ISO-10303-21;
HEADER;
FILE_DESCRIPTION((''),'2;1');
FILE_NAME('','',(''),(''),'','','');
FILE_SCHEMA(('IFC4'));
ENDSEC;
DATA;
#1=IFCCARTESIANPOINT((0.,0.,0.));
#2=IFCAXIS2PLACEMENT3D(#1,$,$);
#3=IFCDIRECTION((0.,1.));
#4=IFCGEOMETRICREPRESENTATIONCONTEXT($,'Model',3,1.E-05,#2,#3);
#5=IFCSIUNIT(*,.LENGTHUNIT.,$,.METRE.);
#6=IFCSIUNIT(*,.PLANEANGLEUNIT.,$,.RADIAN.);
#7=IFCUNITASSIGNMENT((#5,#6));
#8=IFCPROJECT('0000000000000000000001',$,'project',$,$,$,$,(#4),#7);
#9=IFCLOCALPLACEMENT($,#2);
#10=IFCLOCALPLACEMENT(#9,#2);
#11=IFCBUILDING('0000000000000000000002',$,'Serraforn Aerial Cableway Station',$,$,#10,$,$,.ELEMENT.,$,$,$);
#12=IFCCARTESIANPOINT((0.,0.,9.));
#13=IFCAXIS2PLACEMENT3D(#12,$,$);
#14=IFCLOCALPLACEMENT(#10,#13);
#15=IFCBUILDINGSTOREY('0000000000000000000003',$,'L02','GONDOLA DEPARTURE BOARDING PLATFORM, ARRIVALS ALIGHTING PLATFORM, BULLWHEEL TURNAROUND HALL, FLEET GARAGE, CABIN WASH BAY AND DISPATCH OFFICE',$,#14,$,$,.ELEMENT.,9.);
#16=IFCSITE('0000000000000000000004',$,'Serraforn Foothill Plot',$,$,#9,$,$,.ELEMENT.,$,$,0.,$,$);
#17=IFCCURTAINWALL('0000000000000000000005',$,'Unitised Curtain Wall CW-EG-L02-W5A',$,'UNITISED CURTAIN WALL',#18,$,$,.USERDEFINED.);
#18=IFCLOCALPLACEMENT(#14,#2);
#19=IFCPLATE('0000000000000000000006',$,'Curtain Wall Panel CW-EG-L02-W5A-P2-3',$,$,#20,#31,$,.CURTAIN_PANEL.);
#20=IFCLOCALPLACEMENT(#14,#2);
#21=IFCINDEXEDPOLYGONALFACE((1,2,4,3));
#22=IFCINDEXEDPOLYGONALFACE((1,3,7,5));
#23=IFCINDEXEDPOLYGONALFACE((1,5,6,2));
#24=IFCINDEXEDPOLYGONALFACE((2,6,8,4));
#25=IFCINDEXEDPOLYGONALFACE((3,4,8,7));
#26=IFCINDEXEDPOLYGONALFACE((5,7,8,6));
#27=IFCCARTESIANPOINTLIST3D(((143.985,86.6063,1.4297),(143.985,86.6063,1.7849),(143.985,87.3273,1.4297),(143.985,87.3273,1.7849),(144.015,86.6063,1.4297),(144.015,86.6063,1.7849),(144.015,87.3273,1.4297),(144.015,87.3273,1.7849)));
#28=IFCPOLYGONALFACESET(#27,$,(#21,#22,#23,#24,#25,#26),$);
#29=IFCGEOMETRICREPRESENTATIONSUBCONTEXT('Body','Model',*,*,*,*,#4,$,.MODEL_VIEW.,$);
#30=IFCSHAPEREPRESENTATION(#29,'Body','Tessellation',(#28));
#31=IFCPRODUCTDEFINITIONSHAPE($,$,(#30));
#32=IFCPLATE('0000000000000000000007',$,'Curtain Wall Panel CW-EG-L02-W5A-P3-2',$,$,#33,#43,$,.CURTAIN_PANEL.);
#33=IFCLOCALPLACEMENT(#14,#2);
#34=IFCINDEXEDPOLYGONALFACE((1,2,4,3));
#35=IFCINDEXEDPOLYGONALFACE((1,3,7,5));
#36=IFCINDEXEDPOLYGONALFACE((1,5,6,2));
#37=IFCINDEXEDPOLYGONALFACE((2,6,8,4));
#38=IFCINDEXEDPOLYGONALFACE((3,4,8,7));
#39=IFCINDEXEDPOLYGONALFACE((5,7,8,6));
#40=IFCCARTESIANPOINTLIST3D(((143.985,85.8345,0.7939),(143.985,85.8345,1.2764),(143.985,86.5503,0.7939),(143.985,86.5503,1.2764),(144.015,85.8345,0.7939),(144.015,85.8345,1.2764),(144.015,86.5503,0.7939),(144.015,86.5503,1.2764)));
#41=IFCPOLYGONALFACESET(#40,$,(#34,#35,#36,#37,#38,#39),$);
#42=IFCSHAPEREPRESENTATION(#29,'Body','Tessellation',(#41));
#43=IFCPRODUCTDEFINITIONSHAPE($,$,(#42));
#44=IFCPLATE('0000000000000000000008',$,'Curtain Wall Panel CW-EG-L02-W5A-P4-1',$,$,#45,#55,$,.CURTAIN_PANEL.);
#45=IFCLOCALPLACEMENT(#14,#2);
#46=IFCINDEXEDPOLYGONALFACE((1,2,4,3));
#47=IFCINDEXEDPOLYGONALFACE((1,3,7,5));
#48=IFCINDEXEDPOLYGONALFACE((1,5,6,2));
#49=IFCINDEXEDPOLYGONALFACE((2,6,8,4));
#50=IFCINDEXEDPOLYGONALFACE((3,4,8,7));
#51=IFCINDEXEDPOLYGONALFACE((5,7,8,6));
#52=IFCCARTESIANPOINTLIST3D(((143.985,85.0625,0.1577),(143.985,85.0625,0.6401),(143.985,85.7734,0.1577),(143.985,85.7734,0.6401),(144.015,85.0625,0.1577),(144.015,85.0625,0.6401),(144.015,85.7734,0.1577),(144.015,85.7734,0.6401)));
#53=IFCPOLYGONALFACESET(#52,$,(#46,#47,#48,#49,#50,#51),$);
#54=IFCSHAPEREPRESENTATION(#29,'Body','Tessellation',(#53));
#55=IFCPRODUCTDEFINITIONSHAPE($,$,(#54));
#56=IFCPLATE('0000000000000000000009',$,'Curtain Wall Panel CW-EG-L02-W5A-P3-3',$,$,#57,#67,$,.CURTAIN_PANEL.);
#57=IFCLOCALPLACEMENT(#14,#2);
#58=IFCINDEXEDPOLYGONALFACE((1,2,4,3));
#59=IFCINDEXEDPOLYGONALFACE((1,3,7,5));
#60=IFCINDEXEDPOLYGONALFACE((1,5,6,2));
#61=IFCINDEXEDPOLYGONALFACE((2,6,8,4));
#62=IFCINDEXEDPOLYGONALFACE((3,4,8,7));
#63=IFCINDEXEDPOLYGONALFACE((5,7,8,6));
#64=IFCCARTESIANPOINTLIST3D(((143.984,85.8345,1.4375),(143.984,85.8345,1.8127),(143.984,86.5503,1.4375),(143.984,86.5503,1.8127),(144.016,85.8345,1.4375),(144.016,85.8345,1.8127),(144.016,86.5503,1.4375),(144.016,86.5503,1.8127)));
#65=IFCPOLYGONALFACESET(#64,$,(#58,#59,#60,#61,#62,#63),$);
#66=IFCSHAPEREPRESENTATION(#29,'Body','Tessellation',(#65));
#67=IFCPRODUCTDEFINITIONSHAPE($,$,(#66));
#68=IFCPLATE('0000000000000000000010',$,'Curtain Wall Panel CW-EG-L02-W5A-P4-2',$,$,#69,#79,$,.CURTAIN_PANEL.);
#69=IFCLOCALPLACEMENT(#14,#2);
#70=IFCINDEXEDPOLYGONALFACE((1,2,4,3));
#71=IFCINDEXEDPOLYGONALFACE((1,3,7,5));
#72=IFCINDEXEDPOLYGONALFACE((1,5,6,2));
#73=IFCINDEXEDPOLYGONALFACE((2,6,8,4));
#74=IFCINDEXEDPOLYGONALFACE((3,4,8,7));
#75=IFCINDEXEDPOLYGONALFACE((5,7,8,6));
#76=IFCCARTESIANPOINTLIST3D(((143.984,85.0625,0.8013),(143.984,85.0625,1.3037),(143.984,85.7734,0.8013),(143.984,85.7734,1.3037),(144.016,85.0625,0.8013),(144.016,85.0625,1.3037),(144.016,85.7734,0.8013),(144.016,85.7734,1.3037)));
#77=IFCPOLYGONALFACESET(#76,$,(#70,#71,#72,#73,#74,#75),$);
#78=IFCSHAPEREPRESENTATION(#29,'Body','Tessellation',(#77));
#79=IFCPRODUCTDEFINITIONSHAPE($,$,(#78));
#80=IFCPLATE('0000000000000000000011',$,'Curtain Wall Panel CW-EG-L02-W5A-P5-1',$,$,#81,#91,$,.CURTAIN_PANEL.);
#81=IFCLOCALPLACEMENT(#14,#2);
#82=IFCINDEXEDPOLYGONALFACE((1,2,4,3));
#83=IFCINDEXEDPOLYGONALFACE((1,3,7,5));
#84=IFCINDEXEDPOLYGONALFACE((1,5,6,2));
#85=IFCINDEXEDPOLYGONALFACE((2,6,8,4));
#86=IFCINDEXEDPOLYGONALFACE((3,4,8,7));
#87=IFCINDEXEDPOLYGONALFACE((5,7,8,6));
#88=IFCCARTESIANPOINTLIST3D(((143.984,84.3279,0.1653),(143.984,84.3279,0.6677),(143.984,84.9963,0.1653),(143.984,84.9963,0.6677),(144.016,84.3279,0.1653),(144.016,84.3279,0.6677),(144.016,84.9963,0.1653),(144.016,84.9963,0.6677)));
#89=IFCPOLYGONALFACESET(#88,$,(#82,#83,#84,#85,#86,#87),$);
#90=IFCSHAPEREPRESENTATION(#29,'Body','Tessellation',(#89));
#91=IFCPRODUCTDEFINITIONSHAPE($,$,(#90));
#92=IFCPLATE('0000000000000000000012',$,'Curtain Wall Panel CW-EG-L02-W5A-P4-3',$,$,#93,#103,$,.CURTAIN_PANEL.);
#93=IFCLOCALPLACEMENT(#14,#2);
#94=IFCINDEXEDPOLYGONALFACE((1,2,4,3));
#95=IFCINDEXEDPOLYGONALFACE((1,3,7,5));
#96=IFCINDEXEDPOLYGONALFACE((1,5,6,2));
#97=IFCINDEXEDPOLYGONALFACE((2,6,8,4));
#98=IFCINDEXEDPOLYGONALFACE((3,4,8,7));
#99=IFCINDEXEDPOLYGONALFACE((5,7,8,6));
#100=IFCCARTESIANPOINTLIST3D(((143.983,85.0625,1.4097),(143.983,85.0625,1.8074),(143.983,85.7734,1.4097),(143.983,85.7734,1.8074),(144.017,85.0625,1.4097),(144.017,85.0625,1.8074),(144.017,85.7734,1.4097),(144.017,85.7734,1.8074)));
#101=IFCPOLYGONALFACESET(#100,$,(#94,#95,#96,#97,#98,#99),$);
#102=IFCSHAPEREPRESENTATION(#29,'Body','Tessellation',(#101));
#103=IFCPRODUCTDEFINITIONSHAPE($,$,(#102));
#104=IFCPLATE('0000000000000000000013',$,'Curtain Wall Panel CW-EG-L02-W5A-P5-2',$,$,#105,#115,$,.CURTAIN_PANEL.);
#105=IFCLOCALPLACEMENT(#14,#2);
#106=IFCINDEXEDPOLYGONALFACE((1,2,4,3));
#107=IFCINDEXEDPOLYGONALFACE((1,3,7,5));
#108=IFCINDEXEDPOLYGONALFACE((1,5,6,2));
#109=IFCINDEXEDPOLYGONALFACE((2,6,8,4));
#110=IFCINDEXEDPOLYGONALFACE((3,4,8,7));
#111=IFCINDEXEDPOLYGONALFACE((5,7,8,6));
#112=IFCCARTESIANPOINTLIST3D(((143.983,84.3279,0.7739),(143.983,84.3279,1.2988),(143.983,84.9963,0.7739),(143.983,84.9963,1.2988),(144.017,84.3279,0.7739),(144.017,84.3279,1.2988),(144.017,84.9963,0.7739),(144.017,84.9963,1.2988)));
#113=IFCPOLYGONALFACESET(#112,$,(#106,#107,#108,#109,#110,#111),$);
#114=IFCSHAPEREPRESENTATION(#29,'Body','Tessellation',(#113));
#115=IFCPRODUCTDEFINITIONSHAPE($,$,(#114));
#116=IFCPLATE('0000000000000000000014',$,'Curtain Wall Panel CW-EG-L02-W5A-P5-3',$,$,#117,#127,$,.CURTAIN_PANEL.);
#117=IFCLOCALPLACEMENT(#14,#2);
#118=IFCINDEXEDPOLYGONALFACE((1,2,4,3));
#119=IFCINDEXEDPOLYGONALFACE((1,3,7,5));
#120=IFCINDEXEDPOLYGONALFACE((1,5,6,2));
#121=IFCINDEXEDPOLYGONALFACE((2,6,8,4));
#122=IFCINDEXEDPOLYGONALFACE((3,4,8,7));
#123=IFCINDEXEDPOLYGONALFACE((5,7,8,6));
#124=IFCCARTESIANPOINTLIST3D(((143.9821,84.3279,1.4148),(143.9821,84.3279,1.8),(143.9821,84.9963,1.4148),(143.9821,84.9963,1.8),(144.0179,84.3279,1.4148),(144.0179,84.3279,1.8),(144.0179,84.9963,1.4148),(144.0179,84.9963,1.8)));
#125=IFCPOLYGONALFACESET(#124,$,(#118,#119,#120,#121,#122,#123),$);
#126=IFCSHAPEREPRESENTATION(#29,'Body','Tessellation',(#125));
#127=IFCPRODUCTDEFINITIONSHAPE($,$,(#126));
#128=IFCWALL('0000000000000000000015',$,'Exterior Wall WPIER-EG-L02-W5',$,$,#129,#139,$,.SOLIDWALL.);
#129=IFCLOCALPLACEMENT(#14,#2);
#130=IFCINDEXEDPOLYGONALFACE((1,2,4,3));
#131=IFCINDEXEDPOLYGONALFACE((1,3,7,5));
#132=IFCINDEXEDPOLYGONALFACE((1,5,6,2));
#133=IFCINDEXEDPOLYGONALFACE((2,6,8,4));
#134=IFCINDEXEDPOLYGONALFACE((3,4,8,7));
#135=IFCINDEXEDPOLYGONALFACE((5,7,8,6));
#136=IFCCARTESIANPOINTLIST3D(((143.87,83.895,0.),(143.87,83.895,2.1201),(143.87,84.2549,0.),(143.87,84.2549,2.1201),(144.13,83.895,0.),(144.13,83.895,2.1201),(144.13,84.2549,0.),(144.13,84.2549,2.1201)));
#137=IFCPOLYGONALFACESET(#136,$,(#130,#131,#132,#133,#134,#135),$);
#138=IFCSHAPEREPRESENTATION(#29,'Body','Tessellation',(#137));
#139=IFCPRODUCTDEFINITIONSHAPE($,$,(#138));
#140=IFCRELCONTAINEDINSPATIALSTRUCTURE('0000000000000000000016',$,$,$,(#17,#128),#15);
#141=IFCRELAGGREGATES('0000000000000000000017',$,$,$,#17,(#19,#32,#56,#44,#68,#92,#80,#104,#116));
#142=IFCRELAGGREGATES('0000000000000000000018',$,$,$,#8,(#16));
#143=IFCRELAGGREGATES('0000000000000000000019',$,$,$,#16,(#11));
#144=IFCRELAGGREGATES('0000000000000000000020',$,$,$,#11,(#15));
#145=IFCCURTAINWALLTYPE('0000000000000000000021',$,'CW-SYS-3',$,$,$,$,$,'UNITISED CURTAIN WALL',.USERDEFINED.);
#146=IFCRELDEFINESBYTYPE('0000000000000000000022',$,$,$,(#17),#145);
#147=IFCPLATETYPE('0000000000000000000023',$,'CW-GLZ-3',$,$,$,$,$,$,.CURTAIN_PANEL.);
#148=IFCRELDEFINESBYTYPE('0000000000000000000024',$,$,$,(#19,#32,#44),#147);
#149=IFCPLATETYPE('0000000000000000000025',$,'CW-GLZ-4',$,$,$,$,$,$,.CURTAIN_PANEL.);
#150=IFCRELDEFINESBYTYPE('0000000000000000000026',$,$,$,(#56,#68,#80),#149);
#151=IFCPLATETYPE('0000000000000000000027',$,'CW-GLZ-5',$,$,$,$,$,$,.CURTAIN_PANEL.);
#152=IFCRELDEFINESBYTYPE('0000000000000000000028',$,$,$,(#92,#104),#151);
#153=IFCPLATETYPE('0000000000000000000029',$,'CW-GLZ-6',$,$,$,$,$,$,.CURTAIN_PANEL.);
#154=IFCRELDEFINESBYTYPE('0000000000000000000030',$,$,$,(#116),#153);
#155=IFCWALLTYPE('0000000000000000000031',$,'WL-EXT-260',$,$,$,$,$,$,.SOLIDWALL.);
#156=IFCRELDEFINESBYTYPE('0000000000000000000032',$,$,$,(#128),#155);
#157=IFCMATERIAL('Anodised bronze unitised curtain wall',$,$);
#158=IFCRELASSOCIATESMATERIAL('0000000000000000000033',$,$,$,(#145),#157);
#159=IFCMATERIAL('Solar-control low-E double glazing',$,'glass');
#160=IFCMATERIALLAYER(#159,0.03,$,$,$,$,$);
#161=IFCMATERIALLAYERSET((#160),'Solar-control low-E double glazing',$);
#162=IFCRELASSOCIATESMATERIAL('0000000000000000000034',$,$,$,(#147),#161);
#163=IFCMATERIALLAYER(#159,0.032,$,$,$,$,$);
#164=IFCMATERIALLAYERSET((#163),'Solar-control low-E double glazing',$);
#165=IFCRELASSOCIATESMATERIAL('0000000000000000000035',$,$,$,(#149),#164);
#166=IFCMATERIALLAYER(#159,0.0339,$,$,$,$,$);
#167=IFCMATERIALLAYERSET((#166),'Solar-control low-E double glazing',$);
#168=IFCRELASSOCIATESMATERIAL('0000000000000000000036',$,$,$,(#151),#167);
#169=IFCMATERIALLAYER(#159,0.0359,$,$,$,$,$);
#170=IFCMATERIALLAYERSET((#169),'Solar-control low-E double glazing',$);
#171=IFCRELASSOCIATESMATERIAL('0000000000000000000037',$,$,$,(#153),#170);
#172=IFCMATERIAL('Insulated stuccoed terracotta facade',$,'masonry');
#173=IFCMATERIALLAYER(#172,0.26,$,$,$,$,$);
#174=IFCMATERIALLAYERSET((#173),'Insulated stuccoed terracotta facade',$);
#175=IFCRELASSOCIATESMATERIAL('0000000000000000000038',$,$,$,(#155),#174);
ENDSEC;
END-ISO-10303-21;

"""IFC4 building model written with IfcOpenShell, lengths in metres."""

from ifc_helpers import new_model, si_unit, direction, frame, frame_2d, origin, origin_2d, place, context, subcontext, project, spatial, rectangle, extrude, material, layer, layer_set, type_object, element, aggregate, save


model = new_model("IFC4")

# Units and contexts
model_context = context("Model", 3, precision=1e-05, world=origin(), true_north=direction((0.0, 1.0)))
body_context = subcontext(model_context, "Body", "Model", "MODEL_VIEW")
ifc_project = project(units=[si_unit("LENGTHUNIT", "METRE"), si_unit("PLANEANGLEUNIT", "RADIAN")], contexts=[model_context])

# Site, building, storey
site_placement = place(None, origin())
site = spatial("IfcSite", under=ifc_project, at=site_placement, Name="Serraforn Foothill Plot", CompositionType="ELEMENT", RefElevation=0.0)
building_placement = place(site_placement, origin())
building = spatial("IfcBuilding", under=site, at=building_placement, Name="Serraforn Aerial Cableway Station", CompositionType="ELEMENT")
storey_placement = place(building_placement, frame((0.0, 0.0, 9.0)))
storey = spatial("IfcBuildingStorey", under=building, at=storey_placement, Name="L02", Description="GONDOLA DEPARTURE BOARDING PLATFORM, ARRIVALS ALIGHTING PLATFORM, BULLWHEEL TURNAROUND HALL, FLEET GARAGE, CABIN WASH BAY AND DISPATCH OFFICE", CompositionType="ELEMENT", Elevation=9.0)

# Curtain wall, plates
ifc_material_1 = material(Name="Anodised bronze unitised curtain wall")
curtain_wall_type = type_object("IfcCurtainWallType", Name="CW-SYS-3", ElementType="UNITISED CURTAIN WALL", PredefinedType="USERDEFINED", material=ifc_material_1)
curtain_wall_placement = place(storey_placement, origin())
curtain_wall = element("IfcCurtainWall", 1, at=curtain_wall_placement, inside=storey, type_object=curtain_wall_type, Name="Unitised Curtain Wall CW-EG-L02-W5A", ObjectType="UNITISED CURTAIN WALL", PredefinedType="USERDEFINED")
ifc_material_2 = material(Name="Solar-control low-E double glazing", Category="glass")
ifc_layer_1 = layer(ifc_material_2, 0.03)
ifc_layer_set_1 = layer_set([ifc_layer_1], Name="Solar-control low-E double glazing")
plate_type_1 = type_object("IfcPlateType", Name="CW-GLZ-3", PredefinedType="CURTAIN_PANEL", material=ifc_layer_set_1)
plate_1_placement = place(storey_placement, frame((144.0, 86.9668, 1.4297), z_axis=(0.0, 0.0, 1.0), x_axis=(1.0, 0.0, 0.0)))
plate_1 = element("IfcPlate", 2, at=plate_1_placement, type_object=plate_type_1, Name="Curtain Wall Panel CW-EG-L02-W5A-P2-3", PredefinedType="CURTAIN_PANEL", context=body_context, shape_type="SweptSolid", body=[
    extrude(rectangle(XDim=0.03, YDim=0.7209, at=origin_2d()), origin(), (0.0, 0.0, 1.0), 0.3552),
])
plate_2_placement = place(storey_placement, frame((144.0, 86.1924, 0.7939), z_axis=(0.0, 0.0, 1.0), x_axis=(1.0, 0.0, 0.0)))
plate_2 = element("IfcPlate", 3, at=plate_2_placement, type_object=plate_type_1, Name="Curtain Wall Panel CW-EG-L02-W5A-P3-2", PredefinedType="CURTAIN_PANEL", context=body_context, shape_type="SweptSolid", body=[
    extrude(rectangle(XDim=0.03, YDim=0.7158, at=origin_2d()), origin(), (0.0, 0.0, 1.0), 0.4824),
])
plate_3_placement = place(storey_placement, frame((144.0, 85.418, 0.1577), z_axis=(0.0, 0.0, 1.0), x_axis=(1.0, 0.0, 0.0)))
plate_3 = element("IfcPlate", 4, at=plate_3_placement, type_object=plate_type_1, Name="Curtain Wall Panel CW-EG-L02-W5A-P4-1", PredefinedType="CURTAIN_PANEL", context=body_context, shape_type="SweptSolid", body=[
    extrude(rectangle(XDim=0.03, YDim=0.7109, at=origin_2d()), origin(), (0.0, 0.0, 1.0), 0.4824),
])
ifc_layer_2 = layer(ifc_material_2, 0.032)
ifc_layer_set_2 = layer_set([ifc_layer_2], Name="Solar-control low-E double glazing")
plate_type_2 = type_object("IfcPlateType", Name="CW-GLZ-4", PredefinedType="CURTAIN_PANEL", material=ifc_layer_set_2)
plate_4_placement = place(storey_placement, frame((144.0, 86.1924, 1.4375), z_axis=(0.0, 0.0, 1.0), x_axis=(1.0, 0.0, 0.0)))
plate_4 = element("IfcPlate", 5, at=plate_4_placement, type_object=plate_type_2, Name="Curtain Wall Panel CW-EG-L02-W5A-P3-3", PredefinedType="CURTAIN_PANEL", context=body_context, shape_type="SweptSolid", body=[
    extrude(rectangle(XDim=0.032, YDim=0.7158, at=origin_2d()), origin(), (0.0, 0.0, 1.0), 0.3752),
])
plate_5_placement = place(storey_placement, frame((144.0, 85.418, 0.8013), z_axis=(0.0, 0.0, 1.0), x_axis=(1.0, 0.0, 0.0)))
plate_5 = element("IfcPlate", 6, at=plate_5_placement, type_object=plate_type_2, Name="Curtain Wall Panel CW-EG-L02-W5A-P4-2", PredefinedType="CURTAIN_PANEL", context=body_context, shape_type="SweptSolid", body=[
    extrude(rectangle(XDim=0.032, YDim=0.7109, at=origin_2d()), origin(), (0.0, 0.0, 1.0), 0.5024),
])
plate_6_placement = place(storey_placement, frame((144.0, 84.6621, 0.1653), z_axis=(0.0, 0.0, 1.0), x_axis=(1.0, 0.0, 0.0)))
plate_6 = element("IfcPlate", 7, at=plate_6_placement, type_object=plate_type_2, Name="Curtain Wall Panel CW-EG-L02-W5A-P5-1", PredefinedType="CURTAIN_PANEL", context=body_context, shape_type="SweptSolid", body=[
    extrude(rectangle(XDim=0.032, YDim=0.6685, at=origin_2d()), origin(), (0.0, 0.0, 1.0), 0.5024),
])
ifc_layer_3 = layer(ifc_material_2, 0.0339)
ifc_layer_set_3 = layer_set([ifc_layer_3], Name="Solar-control low-E double glazing")
plate_type_3 = type_object("IfcPlateType", Name="CW-GLZ-5", PredefinedType="CURTAIN_PANEL", material=ifc_layer_set_3)
plate_7_placement = place(storey_placement, frame((144.0, 85.418, 1.4097), z_axis=(0.0, 0.0, 1.0), x_axis=(1.0, 0.0, 0.0)))
plate_7 = element("IfcPlate", 8, at=plate_7_placement, type_object=plate_type_3, Name="Curtain Wall Panel CW-EG-L02-W5A-P4-3", PredefinedType="CURTAIN_PANEL", context=body_context, shape_type="SweptSolid", body=[
    extrude(rectangle(XDim=0.0339, YDim=0.7109, at=origin_2d()), origin(), (0.0, 0.0, 1.0), 0.3977),
])
plate_8_placement = place(storey_placement, frame((144.0, 84.6621, 0.7739), z_axis=(0.0, 0.0, 1.0), x_axis=(1.0, 0.0, 0.0)))
plate_8 = element("IfcPlate", 9, at=plate_8_placement, type_object=plate_type_3, Name="Curtain Wall Panel CW-EG-L02-W5A-P5-2", PredefinedType="CURTAIN_PANEL", context=body_context, shape_type="SweptSolid", body=[
    extrude(rectangle(XDim=0.0339, YDim=0.6685, at=origin_2d()), origin(), (0.0, 0.0, 1.0), 0.5249),
])
ifc_layer_4 = layer(ifc_material_2, 0.0359)
ifc_layer_set_4 = layer_set([ifc_layer_4], Name="Solar-control low-E double glazing")
plate_type_4 = type_object("IfcPlateType", Name="CW-GLZ-6", PredefinedType="CURTAIN_PANEL", material=ifc_layer_set_4)
plate_9_placement = place(storey_placement, frame((144.0, 84.6621, 1.4148), z_axis=(0.0, 0.0, 1.0), x_axis=(1.0, 0.0, 0.0)))
plate_9 = element("IfcPlate", 10, at=plate_9_placement, type_object=plate_type_4, Name="Curtain Wall Panel CW-EG-L02-W5A-P5-3", PredefinedType="CURTAIN_PANEL", context=body_context, shape_type="SweptSolid", body=[
    extrude(rectangle(XDim=0.0359, YDim=0.6685, at=origin_2d()), origin(), (0.0, 0.0, 1.0), 0.3853),
])
aggregate(curtain_wall, [plate_1, plate_2, plate_4, plate_3, plate_5, plate_7, plate_6, plate_8, plate_9])

# Wall
ifc_material_3 = material(Name="Insulated stuccoed terracotta facade", Category="masonry")
ifc_layer_5 = layer(ifc_material_3, 0.26)
ifc_layer_set_5 = layer_set([ifc_layer_5], Name="Insulated stuccoed terracotta facade")
wall_type = type_object("IfcWallType", Name="WL-EXT-260", PredefinedType="SOLIDWALL", material=ifc_layer_set_5)
wall_placement = place(storey_placement, frame((144.0, 84.2549, 0.0), z_axis=(0.0, 0.0, 1.0), x_axis=(0.0, -1.0, 0.0)))
element("IfcWall", 11, at=wall_placement, inside=storey, type_object=wall_type, Name="Exterior Wall WPIER-EG-L02-W5", PredefinedType="SOLIDWALL", context=body_context, shape_type="SweptSolid", body=[
    extrude(rectangle(XDim=0.3599, YDim=0.26, at=frame_2d((0.1799, 0.0))), origin(), (0.0, 0.0, 1.0), 2.1201),
])

save(model, "model.ifc")
